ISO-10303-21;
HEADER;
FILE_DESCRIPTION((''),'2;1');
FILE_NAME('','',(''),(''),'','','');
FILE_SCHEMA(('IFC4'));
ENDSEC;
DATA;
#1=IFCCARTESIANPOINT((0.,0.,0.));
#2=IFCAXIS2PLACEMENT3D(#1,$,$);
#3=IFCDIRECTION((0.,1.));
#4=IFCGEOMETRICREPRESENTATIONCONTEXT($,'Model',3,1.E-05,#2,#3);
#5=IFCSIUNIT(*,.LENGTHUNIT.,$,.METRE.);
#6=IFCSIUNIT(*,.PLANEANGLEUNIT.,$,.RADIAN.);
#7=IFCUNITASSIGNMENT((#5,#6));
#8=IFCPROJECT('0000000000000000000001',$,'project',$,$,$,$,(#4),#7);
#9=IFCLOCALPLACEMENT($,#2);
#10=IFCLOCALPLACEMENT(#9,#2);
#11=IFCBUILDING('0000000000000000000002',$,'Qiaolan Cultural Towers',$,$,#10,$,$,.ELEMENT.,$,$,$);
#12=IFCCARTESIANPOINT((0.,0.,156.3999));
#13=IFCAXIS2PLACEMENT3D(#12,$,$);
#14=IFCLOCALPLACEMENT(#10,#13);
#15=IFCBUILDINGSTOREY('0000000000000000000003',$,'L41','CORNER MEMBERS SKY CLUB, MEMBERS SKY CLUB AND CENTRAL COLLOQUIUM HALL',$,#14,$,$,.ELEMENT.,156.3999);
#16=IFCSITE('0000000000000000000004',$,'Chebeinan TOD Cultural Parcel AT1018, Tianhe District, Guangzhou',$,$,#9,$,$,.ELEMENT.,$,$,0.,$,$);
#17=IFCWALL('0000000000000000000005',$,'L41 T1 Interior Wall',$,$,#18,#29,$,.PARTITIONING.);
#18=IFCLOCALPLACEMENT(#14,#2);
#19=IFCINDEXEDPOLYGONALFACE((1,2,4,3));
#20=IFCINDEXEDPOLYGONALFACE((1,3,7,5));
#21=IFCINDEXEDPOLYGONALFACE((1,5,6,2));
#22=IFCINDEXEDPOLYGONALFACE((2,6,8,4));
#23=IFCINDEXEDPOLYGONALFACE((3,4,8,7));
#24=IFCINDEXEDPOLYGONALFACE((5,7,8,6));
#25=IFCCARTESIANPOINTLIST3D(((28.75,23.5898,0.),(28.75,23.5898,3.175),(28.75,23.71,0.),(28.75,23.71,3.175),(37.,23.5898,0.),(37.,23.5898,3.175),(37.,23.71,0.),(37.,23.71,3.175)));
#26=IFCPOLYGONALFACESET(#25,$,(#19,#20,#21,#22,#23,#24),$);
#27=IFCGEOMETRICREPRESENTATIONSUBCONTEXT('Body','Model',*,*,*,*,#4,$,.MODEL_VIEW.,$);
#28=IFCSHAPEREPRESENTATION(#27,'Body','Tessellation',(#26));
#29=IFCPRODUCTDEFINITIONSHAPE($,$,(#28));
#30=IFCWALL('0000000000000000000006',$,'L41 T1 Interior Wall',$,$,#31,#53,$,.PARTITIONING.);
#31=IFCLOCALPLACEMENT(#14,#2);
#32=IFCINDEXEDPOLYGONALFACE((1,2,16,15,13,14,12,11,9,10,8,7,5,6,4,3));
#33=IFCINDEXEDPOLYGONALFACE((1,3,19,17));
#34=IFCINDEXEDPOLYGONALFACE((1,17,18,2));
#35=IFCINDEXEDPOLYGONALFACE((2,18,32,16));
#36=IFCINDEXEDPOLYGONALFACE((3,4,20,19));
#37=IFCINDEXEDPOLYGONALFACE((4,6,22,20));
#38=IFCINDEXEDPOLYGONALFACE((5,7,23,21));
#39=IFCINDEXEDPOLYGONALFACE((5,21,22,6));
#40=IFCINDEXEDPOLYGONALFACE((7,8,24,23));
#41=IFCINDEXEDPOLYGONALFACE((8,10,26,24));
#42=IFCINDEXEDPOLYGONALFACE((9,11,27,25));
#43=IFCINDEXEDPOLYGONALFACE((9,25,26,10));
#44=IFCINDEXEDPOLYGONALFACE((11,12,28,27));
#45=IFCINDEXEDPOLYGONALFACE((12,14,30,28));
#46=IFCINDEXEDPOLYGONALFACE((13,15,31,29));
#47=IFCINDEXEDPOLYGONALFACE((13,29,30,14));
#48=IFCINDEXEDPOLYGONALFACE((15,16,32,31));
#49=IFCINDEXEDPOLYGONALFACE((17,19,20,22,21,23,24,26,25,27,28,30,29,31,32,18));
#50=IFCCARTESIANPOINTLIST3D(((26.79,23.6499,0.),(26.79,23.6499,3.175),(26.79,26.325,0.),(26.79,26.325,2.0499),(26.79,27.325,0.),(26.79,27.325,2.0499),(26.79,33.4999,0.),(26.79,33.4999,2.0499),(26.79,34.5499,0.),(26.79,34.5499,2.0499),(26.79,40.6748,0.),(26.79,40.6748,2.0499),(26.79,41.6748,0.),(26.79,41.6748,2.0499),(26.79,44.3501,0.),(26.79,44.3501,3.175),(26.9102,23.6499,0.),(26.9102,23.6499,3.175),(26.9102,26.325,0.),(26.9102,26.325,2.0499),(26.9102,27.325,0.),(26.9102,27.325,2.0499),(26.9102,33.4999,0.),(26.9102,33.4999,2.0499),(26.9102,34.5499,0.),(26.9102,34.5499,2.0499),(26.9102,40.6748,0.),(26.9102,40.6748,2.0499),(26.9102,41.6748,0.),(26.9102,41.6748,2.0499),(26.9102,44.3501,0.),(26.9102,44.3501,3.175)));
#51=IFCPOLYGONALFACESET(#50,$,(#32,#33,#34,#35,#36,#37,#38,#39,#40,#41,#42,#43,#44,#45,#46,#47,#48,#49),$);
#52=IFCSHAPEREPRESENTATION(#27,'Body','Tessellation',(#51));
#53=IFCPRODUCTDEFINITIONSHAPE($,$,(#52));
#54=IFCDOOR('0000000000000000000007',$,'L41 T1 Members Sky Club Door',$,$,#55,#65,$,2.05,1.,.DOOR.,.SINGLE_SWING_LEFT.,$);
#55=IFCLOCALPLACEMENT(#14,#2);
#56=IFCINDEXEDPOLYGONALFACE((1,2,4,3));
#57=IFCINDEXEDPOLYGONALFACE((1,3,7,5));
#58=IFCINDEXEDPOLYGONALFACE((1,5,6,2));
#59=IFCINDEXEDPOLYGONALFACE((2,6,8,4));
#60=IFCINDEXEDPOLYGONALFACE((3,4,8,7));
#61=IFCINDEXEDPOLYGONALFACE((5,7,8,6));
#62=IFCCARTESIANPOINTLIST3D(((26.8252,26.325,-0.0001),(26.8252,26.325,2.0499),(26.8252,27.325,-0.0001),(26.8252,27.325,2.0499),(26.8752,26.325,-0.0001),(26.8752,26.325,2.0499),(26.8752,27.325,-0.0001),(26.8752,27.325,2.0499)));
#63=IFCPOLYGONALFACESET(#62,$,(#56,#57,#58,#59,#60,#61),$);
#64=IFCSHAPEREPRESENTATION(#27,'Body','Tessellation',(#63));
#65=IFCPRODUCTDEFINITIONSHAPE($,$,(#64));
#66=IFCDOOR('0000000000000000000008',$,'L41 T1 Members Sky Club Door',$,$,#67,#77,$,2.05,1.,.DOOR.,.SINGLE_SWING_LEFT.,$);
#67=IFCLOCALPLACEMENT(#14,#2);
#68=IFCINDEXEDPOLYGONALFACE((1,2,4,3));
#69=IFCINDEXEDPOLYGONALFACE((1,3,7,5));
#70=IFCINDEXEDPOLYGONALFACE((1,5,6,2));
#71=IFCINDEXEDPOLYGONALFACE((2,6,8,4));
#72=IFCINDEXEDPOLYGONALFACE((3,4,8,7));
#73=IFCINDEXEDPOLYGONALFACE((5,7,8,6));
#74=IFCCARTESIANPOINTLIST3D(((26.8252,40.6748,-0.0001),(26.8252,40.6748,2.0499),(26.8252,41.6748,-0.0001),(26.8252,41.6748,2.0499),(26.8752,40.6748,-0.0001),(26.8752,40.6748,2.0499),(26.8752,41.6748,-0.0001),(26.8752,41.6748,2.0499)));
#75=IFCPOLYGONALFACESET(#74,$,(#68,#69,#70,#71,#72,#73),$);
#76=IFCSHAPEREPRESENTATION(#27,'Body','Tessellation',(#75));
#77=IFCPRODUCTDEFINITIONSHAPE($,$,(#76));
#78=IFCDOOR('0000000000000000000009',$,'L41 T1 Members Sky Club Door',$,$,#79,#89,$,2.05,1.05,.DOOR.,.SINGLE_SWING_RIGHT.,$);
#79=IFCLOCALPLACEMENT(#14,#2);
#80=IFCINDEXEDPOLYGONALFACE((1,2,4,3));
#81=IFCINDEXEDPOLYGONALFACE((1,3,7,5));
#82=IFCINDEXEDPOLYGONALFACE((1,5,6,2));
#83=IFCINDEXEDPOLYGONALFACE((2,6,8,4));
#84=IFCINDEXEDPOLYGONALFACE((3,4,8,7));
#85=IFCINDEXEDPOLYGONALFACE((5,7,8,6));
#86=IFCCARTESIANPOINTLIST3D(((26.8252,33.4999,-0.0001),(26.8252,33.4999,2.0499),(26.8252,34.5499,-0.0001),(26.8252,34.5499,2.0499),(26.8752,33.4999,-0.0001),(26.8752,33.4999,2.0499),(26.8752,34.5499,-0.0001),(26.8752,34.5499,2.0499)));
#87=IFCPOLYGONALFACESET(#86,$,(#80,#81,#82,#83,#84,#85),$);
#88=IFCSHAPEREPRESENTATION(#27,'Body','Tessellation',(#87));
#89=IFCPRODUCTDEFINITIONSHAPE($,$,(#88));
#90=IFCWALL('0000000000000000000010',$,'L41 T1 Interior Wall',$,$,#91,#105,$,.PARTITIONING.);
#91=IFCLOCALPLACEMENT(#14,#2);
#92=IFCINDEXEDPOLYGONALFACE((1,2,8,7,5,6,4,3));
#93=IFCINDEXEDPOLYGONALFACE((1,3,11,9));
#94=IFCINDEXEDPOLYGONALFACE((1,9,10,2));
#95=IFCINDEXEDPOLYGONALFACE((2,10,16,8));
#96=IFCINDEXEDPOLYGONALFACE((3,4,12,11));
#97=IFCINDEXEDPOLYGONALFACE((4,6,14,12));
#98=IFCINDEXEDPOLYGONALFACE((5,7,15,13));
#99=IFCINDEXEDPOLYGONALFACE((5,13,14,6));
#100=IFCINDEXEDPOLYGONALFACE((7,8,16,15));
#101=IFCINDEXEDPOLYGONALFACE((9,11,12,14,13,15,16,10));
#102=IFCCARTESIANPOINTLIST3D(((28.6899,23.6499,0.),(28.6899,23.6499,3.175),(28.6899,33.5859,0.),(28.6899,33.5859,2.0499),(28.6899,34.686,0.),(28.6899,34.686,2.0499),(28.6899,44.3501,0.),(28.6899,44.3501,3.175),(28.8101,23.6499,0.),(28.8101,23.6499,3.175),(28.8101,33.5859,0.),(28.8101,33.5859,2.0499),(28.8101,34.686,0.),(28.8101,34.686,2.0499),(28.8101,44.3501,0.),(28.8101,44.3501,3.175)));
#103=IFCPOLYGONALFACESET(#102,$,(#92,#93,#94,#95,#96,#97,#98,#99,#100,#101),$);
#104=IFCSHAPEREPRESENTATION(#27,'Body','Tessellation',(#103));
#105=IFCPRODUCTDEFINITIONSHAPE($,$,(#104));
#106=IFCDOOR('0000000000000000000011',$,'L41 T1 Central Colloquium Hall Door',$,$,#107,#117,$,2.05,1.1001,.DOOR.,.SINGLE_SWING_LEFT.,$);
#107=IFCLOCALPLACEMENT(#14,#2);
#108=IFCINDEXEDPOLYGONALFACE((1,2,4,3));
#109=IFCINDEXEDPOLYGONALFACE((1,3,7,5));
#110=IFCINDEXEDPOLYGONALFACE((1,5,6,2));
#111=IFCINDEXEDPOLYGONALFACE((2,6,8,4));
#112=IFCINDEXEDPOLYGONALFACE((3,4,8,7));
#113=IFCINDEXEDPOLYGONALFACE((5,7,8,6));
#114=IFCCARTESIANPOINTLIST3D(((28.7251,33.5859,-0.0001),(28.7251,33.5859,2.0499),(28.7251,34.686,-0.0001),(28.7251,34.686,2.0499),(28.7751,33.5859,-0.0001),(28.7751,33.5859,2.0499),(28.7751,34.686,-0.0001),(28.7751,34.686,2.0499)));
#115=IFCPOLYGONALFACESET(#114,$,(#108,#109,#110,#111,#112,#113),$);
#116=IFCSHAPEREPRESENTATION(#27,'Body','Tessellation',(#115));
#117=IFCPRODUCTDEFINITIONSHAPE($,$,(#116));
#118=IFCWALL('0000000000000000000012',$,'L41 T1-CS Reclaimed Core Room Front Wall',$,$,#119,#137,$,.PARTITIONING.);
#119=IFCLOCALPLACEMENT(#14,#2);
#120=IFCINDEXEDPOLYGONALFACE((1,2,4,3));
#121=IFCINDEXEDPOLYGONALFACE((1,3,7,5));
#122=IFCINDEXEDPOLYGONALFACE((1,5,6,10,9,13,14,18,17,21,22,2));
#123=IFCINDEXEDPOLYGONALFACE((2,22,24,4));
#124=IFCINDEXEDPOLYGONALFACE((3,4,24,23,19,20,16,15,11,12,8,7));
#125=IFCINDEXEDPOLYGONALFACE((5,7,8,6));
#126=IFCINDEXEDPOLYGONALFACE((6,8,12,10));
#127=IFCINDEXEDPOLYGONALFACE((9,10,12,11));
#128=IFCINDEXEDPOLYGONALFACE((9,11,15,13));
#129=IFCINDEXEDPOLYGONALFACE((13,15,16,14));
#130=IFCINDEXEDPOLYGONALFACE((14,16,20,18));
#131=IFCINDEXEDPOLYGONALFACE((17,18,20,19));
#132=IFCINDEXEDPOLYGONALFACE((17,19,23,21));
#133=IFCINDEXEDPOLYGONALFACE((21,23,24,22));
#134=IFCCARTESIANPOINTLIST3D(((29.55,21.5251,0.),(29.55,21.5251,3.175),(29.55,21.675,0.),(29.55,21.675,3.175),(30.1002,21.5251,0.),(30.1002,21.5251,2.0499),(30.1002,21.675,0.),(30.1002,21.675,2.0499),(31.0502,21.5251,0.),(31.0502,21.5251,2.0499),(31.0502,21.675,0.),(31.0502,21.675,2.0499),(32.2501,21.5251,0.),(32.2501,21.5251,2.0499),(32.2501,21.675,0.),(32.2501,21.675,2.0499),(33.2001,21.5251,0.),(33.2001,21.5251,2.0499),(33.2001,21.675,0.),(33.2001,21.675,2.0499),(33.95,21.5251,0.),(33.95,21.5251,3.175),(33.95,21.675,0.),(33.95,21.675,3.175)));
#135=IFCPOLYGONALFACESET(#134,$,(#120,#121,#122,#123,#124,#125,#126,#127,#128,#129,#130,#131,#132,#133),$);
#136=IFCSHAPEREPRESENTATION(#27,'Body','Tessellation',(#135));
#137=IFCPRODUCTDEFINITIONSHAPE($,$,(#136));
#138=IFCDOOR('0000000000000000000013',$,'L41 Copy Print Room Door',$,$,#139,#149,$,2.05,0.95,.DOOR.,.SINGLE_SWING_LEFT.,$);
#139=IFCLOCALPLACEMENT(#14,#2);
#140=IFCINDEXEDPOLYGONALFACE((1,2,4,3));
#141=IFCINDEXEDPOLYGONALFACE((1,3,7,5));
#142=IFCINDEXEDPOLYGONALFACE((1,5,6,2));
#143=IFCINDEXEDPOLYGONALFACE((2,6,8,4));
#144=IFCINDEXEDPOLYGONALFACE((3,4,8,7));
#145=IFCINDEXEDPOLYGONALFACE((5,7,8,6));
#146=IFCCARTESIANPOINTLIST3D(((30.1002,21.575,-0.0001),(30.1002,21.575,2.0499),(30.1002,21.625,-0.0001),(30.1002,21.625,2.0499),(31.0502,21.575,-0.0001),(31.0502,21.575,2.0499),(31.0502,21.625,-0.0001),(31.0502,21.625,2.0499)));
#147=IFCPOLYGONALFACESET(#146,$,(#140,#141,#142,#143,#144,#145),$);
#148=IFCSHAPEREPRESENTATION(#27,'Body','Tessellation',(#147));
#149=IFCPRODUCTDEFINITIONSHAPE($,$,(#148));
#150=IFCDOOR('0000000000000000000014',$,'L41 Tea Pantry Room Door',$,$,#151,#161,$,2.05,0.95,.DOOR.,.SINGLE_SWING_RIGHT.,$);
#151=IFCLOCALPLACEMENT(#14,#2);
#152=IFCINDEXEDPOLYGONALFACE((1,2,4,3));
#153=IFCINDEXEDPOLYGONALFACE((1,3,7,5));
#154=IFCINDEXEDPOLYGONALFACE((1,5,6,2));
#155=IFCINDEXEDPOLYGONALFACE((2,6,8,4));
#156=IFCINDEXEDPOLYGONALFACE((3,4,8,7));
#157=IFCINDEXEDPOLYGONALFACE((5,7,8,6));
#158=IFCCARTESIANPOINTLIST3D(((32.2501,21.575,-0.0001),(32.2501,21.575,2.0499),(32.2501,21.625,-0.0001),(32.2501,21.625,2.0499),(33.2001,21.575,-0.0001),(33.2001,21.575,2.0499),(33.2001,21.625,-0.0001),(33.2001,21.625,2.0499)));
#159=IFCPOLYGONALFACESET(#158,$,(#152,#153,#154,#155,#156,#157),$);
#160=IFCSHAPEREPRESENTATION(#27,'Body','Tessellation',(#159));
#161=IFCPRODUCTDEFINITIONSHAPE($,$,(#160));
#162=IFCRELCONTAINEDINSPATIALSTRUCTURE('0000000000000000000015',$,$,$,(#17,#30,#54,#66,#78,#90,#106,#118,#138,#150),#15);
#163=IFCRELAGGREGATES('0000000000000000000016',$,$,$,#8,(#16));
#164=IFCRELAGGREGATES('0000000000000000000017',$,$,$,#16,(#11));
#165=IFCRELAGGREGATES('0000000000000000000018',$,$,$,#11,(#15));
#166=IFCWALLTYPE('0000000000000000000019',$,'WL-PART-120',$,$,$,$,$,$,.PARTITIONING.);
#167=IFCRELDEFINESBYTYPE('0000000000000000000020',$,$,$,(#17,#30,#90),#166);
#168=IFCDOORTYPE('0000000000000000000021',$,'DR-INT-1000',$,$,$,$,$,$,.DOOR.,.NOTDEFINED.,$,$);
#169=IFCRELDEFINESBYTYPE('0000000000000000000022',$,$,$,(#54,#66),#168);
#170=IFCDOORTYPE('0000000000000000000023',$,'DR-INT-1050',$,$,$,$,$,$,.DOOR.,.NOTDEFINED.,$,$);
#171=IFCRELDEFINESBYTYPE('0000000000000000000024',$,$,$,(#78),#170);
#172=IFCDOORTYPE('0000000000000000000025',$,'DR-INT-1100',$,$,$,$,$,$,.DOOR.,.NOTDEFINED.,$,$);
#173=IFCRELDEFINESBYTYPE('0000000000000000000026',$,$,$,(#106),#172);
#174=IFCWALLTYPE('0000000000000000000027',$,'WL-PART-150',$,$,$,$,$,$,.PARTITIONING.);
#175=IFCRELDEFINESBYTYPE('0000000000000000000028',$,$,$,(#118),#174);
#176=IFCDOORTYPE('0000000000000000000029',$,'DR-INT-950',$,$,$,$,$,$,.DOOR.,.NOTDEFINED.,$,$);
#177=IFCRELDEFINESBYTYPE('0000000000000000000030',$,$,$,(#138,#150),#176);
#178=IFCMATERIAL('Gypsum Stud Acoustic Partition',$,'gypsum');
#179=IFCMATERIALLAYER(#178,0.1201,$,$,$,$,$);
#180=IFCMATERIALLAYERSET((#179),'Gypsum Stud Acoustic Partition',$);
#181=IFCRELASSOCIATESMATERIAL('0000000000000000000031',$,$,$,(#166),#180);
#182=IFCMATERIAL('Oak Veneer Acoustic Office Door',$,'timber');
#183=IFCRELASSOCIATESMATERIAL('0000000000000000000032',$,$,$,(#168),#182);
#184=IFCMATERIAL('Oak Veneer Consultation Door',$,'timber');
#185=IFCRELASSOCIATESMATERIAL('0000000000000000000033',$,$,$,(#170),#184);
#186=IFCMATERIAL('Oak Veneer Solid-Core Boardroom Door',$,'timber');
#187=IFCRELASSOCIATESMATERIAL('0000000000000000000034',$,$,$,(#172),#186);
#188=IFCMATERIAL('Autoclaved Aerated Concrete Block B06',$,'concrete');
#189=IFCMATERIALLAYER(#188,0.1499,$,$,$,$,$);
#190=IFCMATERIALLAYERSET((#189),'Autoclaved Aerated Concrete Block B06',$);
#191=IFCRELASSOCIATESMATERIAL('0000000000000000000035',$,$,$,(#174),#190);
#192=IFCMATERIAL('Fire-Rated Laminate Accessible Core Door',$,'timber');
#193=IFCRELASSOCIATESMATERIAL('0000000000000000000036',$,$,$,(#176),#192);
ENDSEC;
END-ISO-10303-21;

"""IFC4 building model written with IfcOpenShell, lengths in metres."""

from ifc_helpers import new_model, si_unit, direction, frame, frame_2d, origin, place, context, subcontext, project, spatial, rectangle, extrude, material, layer, layer_set, type_object, element, fill, save


model = new_model("IFC4")

# Units and contexts
model_context = context("Model", 3, precision=1e-05, world=origin(), true_north=direction((0.0, 1.0)))
body_context = subcontext(model_context, "Body", "Model", "MODEL_VIEW")
ifc_project = project(units=[si_unit("LENGTHUNIT", "METRE"), si_unit("PLANEANGLEUNIT", "RADIAN")], contexts=[model_context])

# Site, building, storey
site_placement = place(None, origin())
site = spatial("IfcSite", under=ifc_project, at=site_placement, Name="Chebeinan TOD Cultural Parcel AT1018, Tianhe District, Guangzhou", CompositionType="ELEMENT", RefElevation=0.0)
building_placement = place(site_placement, origin())
building = spatial("IfcBuilding", under=site, at=building_placement, Name="Qiaolan Cultural Towers", CompositionType="ELEMENT")
storey_placement = place(building_placement, frame((0.0, 0.0, 156.3999)))
storey = spatial("IfcBuildingStorey", under=building, at=storey_placement, Name="L41", Description="CORNER MEMBERS SKY CLUB, MEMBERS SKY CLUB AND CENTRAL COLLOQUIUM HALL", CompositionType="ELEMENT", Elevation=156.3999)

# Wall
ifc_material_1 = material(Name="Gypsum Stud Acoustic Partition", Category="gypsum")
ifc_layer_1 = layer(ifc_material_1, 0.1201)
ifc_layer_set_1 = layer_set([ifc_layer_1], Name="Gypsum Stud Acoustic Partition")
wall_type_1 = type_object("IfcWallType", Name="WL-PART-120", PredefinedType="PARTITIONING", material=ifc_layer_set_1)
wall_1_placement = place(storey_placement, frame((28.75, 23.6499, 0.0), z_axis=(0.0, 0.0, 1.0), x_axis=(1.0, 0.0, 0.0)))
element("IfcWall", 1, at=wall_1_placement, inside=storey, type_object=wall_type_1, Name="L41 T1 Interior Wall", PredefinedType="PARTITIONING", context=body_context, shape_type="SweptSolid", body=[
    extrude(rectangle(XDim=8.25, YDim=0.1201, at=frame_2d((4.125, 0.0))), origin(), (0.0, 0.0, 1.0), 3.175),
])

# Wall, openings, doors
wall_2_placement = place(storey_placement, frame((26.8501, 23.6499, 0.0), z_axis=(0.0, 0.0, 1.0), x_axis=(0.0, 1.0, 0.0)))
wall_2 = element("IfcWall", 2, at=wall_2_placement, inside=storey, type_object=wall_type_1, Name="L41 T1 Interior Wall", PredefinedType="PARTITIONING", context=body_context, shape_type="SweptSolid", body=[
    extrude(rectangle(XDim=20.7002, YDim=0.1201, at=frame_2d((10.3501, 0.0))), origin(), (0.0, 0.0, 1.0), 3.175),
])
opening_1_placement = place(wall_2_placement, frame((2.675, 0.0, 0.0)))
opening_1 = element("IfcOpeningElement", 3, at=opening_1_placement, cuts=wall_2, PredefinedType="OPENING", context=body_context, shape_type="SweptSolid", body=[
    extrude(rectangle(XDim=1.0, YDim=2.05, at=frame_2d((0.5, 1.0249))), frame((0.0, 0.0701, 0.0), z_axis=(0.0, -1.0, 0.0), x_axis=(1.0, 0.0, 0.0)), (0.0, 0.0, 1.0), 0.1401),
])
opening_2_placement = place(wall_2_placement, frame((9.8501, 0.0, 0.0)))
opening_2 = element("IfcOpeningElement", 4, at=opening_2_placement, cuts=wall_2, PredefinedType="OPENING", context=body_context, shape_type="SweptSolid", body=[
    extrude(rectangle(XDim=1.05, YDim=2.05, at=frame_2d((0.5249, 1.0249))), frame((0.0, 0.0701, 0.0), z_axis=(0.0, -1.0, 0.0), x_axis=(1.0, 0.0, 0.0)), (0.0, 0.0, 1.0), 0.1401),
])
opening_3_placement = place(wall_2_placement, frame((17.0249, 0.0, 0.0)))
opening_3 = element("IfcOpeningElement", 5, at=opening_3_placement, cuts=wall_2, PredefinedType="OPENING", context=body_context, shape_type="SweptSolid", body=[
    extrude(rectangle(XDim=1.0, YDim=2.05, at=frame_2d((0.5, 1.0249))), frame((0.0, 0.0701, 0.0), z_axis=(0.0, -1.0, 0.0), x_axis=(1.0, 0.0, 0.0)), (0.0, 0.0, 1.0), 0.1401),
])
ifc_material_2 = material(Name="Oak Veneer Acoustic Office Door", Category="timber")
door_type_1 = type_object("IfcDoorType", Name="DR-INT-1000", OperationType="NOTDEFINED", PredefinedType="DOOR", material=ifc_material_2)
door_1_placement = place(opening_1_placement, origin())
door_1 = element("IfcDoor", 6, at=door_1_placement, inside=storey, type_object=door_type_1, Name="L41 T1 Members Sky Club Door", OperationType="SINGLE_SWING_LEFT", OverallHeight=2.05, OverallWidth=1.0, PredefinedType="DOOR", context=body_context, shape_type="SweptSolid", body=[
    extrude(rectangle(XDim=1.0, YDim=2.05, at=frame_2d((0.5, 1.0249))), frame((0.0, 0.0249, 0.0), z_axis=(0.0, -1.0, 0.0), x_axis=(1.0, 0.0, 0.0)), (0.0, 0.0, 1.0), 0.05),
])
fill(opening_1, door_1)
door_2_placement = place(opening_3_placement, origin())
door_2 = element("IfcDoor", 7, at=door_2_placement, inside=storey, type_object=door_type_1, Name="L41 T1 Members Sky Club Door", OperationType="SINGLE_SWING_LEFT", OverallHeight=2.05, OverallWidth=1.0, PredefinedType="DOOR", context=body_context, shape_type="SweptSolid", body=[
    extrude(rectangle(XDim=1.0, YDim=2.05, at=frame_2d((0.5, 1.0249))), frame((0.0, 0.0249, 0.0), z_axis=(0.0, -1.0, 0.0), x_axis=(1.0, 0.0, 0.0)), (0.0, 0.0, 1.0), 0.05),
])
fill(opening_3, door_2)
ifc_material_3 = material(Name="Oak Veneer Consultation Door", Category="timber")
door_type_2 = type_object("IfcDoorType", Name="DR-INT-1050", OperationType="NOTDEFINED", PredefinedType="DOOR", material=ifc_material_3)
door_3_placement = place(opening_2_placement, origin())
door_3 = element("IfcDoor", 8, at=door_3_placement, inside=storey, type_object=door_type_2, Name="L41 T1 Members Sky Club Door", OperationType="SINGLE_SWING_RIGHT", OverallHeight=2.05, OverallWidth=1.05, PredefinedType="DOOR", context=body_context, shape_type="SweptSolid", body=[
    extrude(rectangle(XDim=1.05, YDim=2.05, at=frame_2d((0.5249, 1.0249))), frame((0.0, 0.0249, 0.0), z_axis=(0.0, -1.0, 0.0), x_axis=(1.0, 0.0, 0.0)), (0.0, 0.0, 1.0), 0.05),
])
fill(opening_2, door_3)

# Wall, opening, door
wall_3_placement = place(storey_placement, frame((28.75, 23.6499, 0.0), z_axis=(0.0, 0.0, 1.0), x_axis=(0.0, 1.0, 0.0)))
wall_3 = element("IfcWall", 9, at=wall_3_placement, inside=storey, type_object=wall_type_1, Name="L41 T1 Interior Wall", PredefinedType="PARTITIONING", context=body_context, shape_type="SweptSolid", body=[
    extrude(rectangle(XDim=20.7002, YDim=0.1201, at=frame_2d((10.3501, 0.0))), origin(), (0.0, 0.0, 1.0), 3.175),
])
opening_4_placement = place(wall_3_placement, frame((9.936, 0.0, 0.0)))
opening_4 = element("IfcOpeningElement", 10, at=opening_4_placement, cuts=wall_3, PredefinedType="OPENING", context=body_context, shape_type="SweptSolid", body=[
    extrude(rectangle(XDim=1.1001, YDim=2.05, at=frame_2d((0.55, 1.0249))), frame((0.0, 0.0701, 0.0), z_axis=(0.0, -1.0, 0.0), x_axis=(1.0, 0.0, 0.0)), (0.0, 0.0, 1.0), 0.1401),
])
ifc_material_4 = material(Name="Oak Veneer Solid-Core Boardroom Door", Category="timber")
door_type_3 = type_object("IfcDoorType", Name="DR-INT-1100", OperationType="NOTDEFINED", PredefinedType="DOOR", material=ifc_material_4)
door_4_placement = place(opening_4_placement, origin())
door_4 = element("IfcDoor", 11, at=door_4_placement, inside=storey, type_object=door_type_3, Name="L41 T1 Central Colloquium Hall Door", OperationType="SINGLE_SWING_LEFT", OverallHeight=2.05, OverallWidth=1.1001, PredefinedType="DOOR", context=body_context, shape_type="SweptSolid", body=[
    extrude(rectangle(XDim=1.1001, YDim=2.05, at=frame_2d((0.55, 1.0249))), frame((0.0, 0.0249, 0.0), z_axis=(0.0, -1.0, 0.0), x_axis=(1.0, 0.0, 0.0)), (0.0, 0.0, 1.0), 0.05),
])
fill(opening_4, door_4)

# Wall, openings, doors
ifc_material_5 = material(Name="Autoclaved Aerated Concrete Block B06", Category="concrete")
ifc_layer_2 = layer(ifc_material_5, 0.1499)
ifc_layer_set_2 = layer_set([ifc_layer_2], Name="Autoclaved Aerated Concrete Block B06")
wall_type_2 = type_object("IfcWallType", Name="WL-PART-150", PredefinedType="PARTITIONING", material=ifc_layer_set_2)
wall_4_placement = place(storey_placement, frame((29.55, 21.6001, 0.0), z_axis=(0.0, 0.0, 1.0), x_axis=(1.0, 0.0, 0.0)))
wall_4 = element("IfcWall", 12, at=wall_4_placement, inside=storey, type_object=wall_type_2, Name="L41 T1-CS Reclaimed Core Room Front Wall", PredefinedType="PARTITIONING", context=body_context, shape_type="SweptSolid", body=[
    extrude(rectangle(XDim=4.3999, YDim=0.1499, at=frame_2d((2.2, 0.0))), origin(), (0.0, 0.0, 1.0), 3.175),
])
opening_5_placement = place(wall_4_placement, frame((0.55, 0.0, 0.0)))
opening_5 = element("IfcOpeningElement", 13, at=opening_5_placement, cuts=wall_4, PredefinedType="OPENING", context=body_context, shape_type="SweptSolid", body=[
    extrude(rectangle(XDim=0.95, YDim=2.05, at=frame_2d((0.4751, 1.0249))), frame((0.0, 0.085, 0.0), z_axis=(0.0, -1.0, 0.0), x_axis=(1.0, 0.0, 0.0)), (0.0, 0.0, 1.0), 0.1699),
])
opening_6_placement = place(wall_4_placement, frame((2.7, 0.0, 0.0)))
opening_6 = element("IfcOpeningElement", 14, at=opening_6_placement, cuts=wall_4, PredefinedType="OPENING", context=body_context, shape_type="SweptSolid", body=[
    extrude(rectangle(XDim=0.95, YDim=2.05, at=frame_2d((0.4751, 1.0249))), frame((0.0, 0.085, 0.0), z_axis=(0.0, -1.0, 0.0), x_axis=(1.0, 0.0, 0.0)), (0.0, 0.0, 1.0), 0.1699),
])
ifc_material_6 = material(Name="Fire-Rated Laminate Accessible Core Door", Category="timber")
door_type_4 = type_object("IfcDoorType", Name="DR-INT-950", OperationType="NOTDEFINED", PredefinedType="DOOR", material=ifc_material_6)
door_5_placement = place(opening_5_placement, origin())
door_5 = element("IfcDoor", 15, at=door_5_placement, inside=storey, type_object=door_type_4, Name="L41 Copy Print Room Door", OperationType="SINGLE_SWING_LEFT", OverallHeight=2.05, OverallWidth=0.95, PredefinedType="DOOR", context=body_context, shape_type="SweptSolid", body=[
    extrude(rectangle(XDim=0.95, YDim=2.05, at=frame_2d((0.4751, 1.0249))), frame((0.0, 0.0249, 0.0), z_axis=(0.0, -1.0, 0.0), x_axis=(1.0, 0.0, 0.0)), (0.0, 0.0, 1.0), 0.05),
])
fill(opening_5, door_5)
door_6_placement = place(opening_6_placement, origin())
door_6 = element("IfcDoor", 16, at=door_6_placement, inside=storey, type_object=door_type_4, Name="L41 Tea Pantry Room Door", OperationType="SINGLE_SWING_RIGHT", OverallHeight=2.05, OverallWidth=0.95, PredefinedType="DOOR", context=body_context, shape_type="SweptSolid", body=[
    extrude(rectangle(XDim=0.95, YDim=2.05, at=frame_2d((0.4751, 1.0249))), frame((0.0, 0.0249, 0.0), z_axis=(0.0, -1.0, 0.0), x_axis=(1.0, 0.0, 0.0)), (0.0, 0.0, 1.0), 0.05),
])
fill(opening_6, door_6)

save(model, "model.ifc")
